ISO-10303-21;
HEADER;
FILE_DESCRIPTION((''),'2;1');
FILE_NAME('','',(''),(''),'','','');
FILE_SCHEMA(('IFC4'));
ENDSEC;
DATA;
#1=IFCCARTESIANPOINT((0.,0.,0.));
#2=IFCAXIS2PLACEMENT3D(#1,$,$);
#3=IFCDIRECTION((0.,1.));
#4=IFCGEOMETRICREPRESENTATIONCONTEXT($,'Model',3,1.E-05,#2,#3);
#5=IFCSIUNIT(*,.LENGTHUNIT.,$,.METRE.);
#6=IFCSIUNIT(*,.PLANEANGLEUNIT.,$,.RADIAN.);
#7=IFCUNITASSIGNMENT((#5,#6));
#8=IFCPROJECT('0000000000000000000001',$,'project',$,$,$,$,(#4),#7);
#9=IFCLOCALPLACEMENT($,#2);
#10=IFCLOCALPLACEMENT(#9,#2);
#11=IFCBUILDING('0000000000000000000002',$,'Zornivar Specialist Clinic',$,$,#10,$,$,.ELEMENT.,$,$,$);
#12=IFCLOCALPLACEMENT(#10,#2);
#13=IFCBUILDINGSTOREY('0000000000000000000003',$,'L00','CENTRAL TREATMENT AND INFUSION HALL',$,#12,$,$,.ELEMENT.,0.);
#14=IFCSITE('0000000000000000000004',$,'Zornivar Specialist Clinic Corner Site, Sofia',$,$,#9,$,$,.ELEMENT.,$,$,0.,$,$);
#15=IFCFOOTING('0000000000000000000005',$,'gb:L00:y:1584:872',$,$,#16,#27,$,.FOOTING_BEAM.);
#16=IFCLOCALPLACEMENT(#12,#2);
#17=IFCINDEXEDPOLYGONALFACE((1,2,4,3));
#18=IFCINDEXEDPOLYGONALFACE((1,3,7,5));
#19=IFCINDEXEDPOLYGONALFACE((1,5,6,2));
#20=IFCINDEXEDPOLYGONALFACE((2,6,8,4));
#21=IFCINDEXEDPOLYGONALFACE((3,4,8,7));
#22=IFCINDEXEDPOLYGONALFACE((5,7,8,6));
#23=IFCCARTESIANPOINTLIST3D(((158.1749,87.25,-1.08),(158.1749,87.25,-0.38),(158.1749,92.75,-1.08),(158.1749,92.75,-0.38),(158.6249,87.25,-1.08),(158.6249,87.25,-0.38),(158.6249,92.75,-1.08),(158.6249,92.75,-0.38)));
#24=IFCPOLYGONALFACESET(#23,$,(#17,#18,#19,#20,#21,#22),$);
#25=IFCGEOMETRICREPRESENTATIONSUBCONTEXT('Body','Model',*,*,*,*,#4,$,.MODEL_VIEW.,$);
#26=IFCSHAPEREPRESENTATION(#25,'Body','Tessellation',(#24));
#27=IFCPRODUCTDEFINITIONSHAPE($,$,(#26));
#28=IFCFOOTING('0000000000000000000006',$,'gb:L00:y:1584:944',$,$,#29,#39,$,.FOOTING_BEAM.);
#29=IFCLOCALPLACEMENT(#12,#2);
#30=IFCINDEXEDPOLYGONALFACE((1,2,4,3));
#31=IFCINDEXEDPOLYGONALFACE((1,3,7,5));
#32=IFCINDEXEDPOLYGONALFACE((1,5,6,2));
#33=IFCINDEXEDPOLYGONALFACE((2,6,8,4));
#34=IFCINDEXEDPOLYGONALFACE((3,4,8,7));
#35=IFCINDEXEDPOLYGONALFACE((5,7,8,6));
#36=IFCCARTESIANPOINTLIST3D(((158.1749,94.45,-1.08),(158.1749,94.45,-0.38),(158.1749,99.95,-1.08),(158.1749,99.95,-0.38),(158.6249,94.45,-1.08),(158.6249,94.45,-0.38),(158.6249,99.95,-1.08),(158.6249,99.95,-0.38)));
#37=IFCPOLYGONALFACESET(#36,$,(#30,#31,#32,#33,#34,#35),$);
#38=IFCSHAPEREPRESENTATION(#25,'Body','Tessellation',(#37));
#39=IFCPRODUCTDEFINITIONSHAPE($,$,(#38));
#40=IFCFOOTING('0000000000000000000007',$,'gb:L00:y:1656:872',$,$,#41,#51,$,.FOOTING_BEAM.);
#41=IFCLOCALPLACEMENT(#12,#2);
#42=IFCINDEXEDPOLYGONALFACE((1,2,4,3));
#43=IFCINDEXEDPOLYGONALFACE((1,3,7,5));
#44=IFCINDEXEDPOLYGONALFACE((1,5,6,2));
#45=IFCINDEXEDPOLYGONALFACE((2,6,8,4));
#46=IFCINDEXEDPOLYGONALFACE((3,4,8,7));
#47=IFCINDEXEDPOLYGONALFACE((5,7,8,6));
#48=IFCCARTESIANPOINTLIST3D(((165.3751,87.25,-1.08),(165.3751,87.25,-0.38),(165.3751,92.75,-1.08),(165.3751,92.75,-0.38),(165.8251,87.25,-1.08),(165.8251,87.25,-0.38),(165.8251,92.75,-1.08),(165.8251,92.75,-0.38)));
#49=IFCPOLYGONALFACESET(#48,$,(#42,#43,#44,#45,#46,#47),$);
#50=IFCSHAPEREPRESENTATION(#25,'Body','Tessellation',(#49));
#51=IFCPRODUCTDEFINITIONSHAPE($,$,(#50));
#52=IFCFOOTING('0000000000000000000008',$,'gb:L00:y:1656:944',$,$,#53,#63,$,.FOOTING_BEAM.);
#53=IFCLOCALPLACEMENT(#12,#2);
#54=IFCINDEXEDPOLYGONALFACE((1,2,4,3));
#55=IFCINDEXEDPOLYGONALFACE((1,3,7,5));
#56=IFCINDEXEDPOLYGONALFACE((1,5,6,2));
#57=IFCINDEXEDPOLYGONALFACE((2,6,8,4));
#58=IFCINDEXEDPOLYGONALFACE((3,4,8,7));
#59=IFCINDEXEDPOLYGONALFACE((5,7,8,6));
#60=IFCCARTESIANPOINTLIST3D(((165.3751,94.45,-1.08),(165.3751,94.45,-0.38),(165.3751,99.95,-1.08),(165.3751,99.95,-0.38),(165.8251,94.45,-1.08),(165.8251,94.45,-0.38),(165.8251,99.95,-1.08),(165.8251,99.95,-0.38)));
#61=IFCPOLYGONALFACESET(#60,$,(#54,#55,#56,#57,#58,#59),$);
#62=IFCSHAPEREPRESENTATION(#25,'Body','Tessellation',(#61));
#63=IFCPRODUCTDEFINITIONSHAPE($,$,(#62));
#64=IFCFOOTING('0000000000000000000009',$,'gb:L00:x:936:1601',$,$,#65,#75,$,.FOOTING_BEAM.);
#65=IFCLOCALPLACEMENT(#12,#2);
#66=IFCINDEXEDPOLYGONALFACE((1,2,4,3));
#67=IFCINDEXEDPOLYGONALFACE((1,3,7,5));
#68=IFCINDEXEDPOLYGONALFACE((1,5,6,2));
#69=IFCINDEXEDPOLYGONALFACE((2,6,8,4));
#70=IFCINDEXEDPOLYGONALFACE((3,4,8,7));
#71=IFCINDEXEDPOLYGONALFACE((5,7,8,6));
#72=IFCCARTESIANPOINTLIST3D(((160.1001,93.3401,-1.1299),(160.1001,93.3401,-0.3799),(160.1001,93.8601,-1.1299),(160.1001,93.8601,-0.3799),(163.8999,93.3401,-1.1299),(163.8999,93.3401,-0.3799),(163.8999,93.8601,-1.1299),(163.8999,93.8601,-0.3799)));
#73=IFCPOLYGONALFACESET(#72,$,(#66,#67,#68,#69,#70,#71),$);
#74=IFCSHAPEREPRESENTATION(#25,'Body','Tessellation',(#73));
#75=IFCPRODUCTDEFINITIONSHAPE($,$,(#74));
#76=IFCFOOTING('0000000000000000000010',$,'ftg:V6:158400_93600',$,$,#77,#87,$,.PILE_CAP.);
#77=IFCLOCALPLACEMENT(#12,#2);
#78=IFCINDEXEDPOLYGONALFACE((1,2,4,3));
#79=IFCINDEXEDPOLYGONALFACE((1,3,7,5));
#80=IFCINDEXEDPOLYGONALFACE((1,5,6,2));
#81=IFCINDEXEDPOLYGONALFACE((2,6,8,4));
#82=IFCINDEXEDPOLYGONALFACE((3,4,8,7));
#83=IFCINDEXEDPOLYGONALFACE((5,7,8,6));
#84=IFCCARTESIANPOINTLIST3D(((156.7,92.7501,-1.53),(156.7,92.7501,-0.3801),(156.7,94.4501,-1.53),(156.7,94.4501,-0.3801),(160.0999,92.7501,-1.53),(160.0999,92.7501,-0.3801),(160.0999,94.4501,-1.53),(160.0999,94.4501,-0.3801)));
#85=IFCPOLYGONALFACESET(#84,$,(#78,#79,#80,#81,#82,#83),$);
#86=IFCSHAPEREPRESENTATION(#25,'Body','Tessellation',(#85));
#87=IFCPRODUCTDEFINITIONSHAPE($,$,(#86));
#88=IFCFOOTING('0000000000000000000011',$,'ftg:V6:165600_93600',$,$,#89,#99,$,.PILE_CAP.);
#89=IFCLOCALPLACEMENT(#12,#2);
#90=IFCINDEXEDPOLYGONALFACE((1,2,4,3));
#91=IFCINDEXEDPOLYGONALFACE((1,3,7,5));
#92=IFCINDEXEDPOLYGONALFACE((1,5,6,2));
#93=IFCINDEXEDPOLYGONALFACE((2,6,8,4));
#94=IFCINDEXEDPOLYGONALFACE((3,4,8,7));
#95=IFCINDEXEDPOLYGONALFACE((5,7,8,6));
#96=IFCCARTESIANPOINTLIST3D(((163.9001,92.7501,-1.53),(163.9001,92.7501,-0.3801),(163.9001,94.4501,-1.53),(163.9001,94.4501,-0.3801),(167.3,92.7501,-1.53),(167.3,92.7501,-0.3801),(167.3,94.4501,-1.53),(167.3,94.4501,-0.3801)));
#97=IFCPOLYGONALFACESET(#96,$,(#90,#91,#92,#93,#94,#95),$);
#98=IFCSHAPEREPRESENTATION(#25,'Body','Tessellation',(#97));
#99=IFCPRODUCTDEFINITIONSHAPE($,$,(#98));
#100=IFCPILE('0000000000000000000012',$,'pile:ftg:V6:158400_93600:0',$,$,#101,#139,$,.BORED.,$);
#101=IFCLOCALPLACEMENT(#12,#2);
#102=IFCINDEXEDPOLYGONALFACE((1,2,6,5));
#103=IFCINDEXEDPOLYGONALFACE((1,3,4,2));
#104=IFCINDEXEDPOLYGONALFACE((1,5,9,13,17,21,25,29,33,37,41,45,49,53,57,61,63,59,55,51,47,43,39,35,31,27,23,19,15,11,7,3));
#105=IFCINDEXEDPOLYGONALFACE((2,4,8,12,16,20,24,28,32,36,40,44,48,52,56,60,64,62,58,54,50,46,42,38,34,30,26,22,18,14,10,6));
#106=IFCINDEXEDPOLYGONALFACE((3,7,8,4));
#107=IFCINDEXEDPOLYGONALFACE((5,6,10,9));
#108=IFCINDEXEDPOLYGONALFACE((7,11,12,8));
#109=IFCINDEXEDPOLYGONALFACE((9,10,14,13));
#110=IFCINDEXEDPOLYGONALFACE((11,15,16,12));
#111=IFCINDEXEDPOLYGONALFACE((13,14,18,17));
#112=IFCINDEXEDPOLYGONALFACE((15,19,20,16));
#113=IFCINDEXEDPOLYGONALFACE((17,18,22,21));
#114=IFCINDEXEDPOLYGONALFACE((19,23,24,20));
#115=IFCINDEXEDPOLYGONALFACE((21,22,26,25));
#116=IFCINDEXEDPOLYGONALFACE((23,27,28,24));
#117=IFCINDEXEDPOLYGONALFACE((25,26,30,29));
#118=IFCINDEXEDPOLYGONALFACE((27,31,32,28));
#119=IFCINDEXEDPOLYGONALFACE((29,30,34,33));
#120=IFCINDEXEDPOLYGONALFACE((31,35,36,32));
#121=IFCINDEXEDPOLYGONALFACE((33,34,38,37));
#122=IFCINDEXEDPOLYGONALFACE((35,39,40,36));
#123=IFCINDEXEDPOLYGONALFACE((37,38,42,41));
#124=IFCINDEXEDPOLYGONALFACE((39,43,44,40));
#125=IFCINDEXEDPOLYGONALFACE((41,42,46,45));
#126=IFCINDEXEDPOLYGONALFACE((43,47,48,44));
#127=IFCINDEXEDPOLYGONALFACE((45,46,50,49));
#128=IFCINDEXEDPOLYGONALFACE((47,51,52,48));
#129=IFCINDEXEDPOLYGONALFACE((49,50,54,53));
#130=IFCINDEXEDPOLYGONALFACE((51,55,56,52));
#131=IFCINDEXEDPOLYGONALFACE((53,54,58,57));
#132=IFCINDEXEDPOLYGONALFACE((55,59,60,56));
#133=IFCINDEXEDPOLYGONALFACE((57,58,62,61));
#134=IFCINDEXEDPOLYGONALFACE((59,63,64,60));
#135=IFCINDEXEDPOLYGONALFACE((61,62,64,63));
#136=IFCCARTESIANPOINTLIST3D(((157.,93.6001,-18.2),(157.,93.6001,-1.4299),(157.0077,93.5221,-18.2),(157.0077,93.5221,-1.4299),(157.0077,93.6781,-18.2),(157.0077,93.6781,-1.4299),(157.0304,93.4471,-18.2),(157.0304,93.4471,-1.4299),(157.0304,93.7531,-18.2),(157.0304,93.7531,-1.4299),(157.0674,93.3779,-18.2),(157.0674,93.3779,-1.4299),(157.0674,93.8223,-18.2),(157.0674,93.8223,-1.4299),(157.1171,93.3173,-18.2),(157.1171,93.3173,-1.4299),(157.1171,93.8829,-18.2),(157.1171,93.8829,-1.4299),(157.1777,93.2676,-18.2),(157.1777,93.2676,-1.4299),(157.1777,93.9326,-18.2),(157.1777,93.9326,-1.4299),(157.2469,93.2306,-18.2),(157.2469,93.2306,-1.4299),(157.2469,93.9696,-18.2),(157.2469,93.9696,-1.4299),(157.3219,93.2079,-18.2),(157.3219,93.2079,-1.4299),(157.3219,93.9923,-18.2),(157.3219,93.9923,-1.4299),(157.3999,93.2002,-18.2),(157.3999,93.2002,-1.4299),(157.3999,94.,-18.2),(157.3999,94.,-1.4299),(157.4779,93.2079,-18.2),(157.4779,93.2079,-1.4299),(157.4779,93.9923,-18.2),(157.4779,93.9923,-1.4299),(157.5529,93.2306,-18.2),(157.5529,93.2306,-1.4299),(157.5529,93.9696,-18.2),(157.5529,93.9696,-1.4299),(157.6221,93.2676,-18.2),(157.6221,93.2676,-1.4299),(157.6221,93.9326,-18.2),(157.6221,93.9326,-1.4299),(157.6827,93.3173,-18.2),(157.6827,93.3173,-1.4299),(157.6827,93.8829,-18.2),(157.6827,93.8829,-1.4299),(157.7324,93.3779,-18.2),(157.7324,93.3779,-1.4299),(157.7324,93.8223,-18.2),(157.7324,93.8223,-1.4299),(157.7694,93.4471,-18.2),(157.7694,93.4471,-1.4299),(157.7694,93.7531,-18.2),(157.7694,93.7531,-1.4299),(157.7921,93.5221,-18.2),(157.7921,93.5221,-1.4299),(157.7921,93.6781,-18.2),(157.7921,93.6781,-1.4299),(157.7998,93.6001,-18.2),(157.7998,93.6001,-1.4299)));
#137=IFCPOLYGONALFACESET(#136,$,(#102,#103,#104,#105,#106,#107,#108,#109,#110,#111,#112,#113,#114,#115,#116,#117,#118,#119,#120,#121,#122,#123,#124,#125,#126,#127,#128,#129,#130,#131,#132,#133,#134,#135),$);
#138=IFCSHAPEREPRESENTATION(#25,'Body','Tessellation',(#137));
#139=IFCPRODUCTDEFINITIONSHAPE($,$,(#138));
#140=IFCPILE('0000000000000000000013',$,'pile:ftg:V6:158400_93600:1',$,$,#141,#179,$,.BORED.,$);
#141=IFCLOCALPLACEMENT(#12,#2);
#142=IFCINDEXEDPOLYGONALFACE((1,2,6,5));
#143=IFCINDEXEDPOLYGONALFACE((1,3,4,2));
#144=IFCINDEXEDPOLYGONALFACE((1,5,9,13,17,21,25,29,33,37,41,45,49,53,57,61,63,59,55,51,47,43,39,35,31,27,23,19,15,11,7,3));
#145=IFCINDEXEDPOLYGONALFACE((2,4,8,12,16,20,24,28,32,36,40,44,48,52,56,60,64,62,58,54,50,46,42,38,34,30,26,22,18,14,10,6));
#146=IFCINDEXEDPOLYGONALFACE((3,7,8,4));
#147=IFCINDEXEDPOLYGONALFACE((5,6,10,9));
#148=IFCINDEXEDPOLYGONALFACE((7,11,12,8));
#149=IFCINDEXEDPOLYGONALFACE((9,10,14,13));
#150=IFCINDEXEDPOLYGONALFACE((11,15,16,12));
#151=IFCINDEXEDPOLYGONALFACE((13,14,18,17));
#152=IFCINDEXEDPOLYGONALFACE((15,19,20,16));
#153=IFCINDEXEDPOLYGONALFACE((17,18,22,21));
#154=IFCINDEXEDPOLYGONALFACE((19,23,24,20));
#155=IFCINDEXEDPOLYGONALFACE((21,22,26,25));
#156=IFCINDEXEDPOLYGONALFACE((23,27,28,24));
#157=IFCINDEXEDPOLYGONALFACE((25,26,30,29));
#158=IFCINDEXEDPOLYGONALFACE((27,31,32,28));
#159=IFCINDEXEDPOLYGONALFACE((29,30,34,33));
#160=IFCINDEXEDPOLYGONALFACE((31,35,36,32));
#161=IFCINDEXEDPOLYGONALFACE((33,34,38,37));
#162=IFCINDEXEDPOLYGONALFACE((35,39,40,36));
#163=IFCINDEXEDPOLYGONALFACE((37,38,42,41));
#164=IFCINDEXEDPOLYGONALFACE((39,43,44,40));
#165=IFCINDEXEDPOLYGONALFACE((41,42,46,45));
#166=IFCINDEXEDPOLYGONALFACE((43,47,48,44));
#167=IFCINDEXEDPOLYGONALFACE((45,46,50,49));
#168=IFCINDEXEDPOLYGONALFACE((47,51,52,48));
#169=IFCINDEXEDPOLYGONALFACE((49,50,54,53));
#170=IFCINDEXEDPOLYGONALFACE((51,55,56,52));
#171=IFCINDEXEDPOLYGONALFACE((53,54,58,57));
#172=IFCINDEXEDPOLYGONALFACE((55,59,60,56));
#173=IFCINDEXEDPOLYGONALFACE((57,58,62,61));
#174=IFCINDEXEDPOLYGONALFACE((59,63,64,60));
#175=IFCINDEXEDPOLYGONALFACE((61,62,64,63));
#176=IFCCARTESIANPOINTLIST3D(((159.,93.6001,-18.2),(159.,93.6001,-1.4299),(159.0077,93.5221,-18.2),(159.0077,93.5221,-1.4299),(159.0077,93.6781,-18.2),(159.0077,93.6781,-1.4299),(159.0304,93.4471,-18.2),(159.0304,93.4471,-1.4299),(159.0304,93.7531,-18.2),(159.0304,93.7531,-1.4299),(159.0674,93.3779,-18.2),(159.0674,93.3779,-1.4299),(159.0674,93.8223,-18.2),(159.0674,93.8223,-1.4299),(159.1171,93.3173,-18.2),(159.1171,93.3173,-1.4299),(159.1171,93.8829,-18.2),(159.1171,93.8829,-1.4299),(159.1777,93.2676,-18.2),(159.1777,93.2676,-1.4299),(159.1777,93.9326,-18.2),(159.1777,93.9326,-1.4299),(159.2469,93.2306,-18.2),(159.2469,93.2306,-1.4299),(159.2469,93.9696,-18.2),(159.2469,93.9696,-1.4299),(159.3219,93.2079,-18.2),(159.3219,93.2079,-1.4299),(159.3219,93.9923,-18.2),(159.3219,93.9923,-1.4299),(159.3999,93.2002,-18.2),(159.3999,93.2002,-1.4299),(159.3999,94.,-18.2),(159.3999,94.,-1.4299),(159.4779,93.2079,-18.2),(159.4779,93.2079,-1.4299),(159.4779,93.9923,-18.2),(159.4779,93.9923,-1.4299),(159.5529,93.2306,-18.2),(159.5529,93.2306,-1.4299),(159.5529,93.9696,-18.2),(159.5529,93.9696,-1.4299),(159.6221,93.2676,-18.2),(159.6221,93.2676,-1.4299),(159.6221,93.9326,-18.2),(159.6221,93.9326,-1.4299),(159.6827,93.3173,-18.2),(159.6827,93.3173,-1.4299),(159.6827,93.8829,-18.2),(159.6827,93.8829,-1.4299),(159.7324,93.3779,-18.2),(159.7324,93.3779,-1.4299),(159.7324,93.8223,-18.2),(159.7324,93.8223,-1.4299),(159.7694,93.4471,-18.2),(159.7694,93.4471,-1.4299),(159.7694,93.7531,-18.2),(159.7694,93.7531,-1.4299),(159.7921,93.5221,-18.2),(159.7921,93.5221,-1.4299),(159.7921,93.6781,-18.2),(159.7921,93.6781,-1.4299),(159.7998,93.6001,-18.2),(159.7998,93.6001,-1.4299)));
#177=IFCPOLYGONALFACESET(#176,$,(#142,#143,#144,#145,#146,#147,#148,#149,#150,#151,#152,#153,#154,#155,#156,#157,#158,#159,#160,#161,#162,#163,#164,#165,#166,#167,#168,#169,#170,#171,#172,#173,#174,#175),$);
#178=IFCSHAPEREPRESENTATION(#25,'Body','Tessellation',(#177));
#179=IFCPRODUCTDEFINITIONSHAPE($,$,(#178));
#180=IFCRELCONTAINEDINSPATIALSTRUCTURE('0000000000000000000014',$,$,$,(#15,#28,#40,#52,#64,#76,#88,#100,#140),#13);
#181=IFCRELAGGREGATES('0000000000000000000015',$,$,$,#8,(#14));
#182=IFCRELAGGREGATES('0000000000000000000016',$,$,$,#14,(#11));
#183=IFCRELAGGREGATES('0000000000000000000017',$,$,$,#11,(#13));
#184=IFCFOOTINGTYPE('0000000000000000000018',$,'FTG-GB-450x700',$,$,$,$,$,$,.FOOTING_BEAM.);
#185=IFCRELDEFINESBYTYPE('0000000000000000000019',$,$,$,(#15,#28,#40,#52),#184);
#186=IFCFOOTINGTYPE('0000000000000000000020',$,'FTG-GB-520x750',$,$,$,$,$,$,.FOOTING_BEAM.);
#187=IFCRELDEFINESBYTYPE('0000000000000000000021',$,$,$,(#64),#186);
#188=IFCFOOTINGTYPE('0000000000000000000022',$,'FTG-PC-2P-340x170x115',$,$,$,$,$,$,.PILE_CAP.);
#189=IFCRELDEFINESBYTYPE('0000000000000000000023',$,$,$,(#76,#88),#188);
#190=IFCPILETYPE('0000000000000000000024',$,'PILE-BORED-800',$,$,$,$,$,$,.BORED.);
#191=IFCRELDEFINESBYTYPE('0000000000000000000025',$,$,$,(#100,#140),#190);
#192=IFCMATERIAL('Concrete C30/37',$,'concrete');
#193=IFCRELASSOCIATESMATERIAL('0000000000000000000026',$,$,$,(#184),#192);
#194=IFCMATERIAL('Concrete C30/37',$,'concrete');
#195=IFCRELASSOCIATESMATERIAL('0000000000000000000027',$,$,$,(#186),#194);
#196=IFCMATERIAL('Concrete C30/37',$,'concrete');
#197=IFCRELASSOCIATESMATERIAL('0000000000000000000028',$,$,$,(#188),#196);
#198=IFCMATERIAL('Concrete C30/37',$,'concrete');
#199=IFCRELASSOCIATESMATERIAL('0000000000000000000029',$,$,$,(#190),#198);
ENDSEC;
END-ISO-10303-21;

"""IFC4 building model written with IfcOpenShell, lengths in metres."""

from ifc_helpers import new_model, si_unit, direction, frame, origin, origin_2d, place, context, subcontext, project, spatial, rectangle, circle, extrude, material, material_profile, profile_set, type_object, element, save


model = new_model("IFC4")

# Units and contexts
model_context = context("Model", 3, precision=1e-05, world=origin(), true_north=direction((0.0, 1.0)))
body_context = subcontext(model_context, "Body", "Model", "MODEL_VIEW")
ifc_project = project(units=[si_unit("LENGTHUNIT", "METRE"), si_unit("PLANEANGLEUNIT", "RADIAN")], contexts=[model_context])

# Site, building, storey
site_placement = place(None, origin())
site = spatial("IfcSite", under=ifc_project, at=site_placement, Name="Zornivar Specialist Clinic Corner Site, Sofia", CompositionType="ELEMENT", RefElevation=0.0)
building_placement = place(site_placement, origin())
building = spatial("IfcBuilding", under=site, at=building_placement, Name="Zornivar Specialist Clinic", CompositionType="ELEMENT")
storey_placement = place(building_placement, origin())
storey = spatial("IfcBuildingStorey", under=building, at=storey_placement, Name="L00", Description="CENTRAL TREATMENT AND INFUSION HALL", CompositionType="ELEMENT", Elevation=0.0)

# Footings
ifc_material_1 = material(Name="Concrete C30/37", Category="concrete")
ifc_material_profile_1 = material_profile(ifc_material_1, rectangle(XDim=0.45, YDim=0.7, at=origin_2d()), Name="RC 450x700")
ifc_profile_set_1 = profile_set([ifc_material_profile_1], Name="Concrete C30/37")
footing_type_1 = type_object("IfcFootingType", Name="FTG-GB-450x700", PredefinedType="FOOTING_BEAM", material=ifc_profile_set_1)
for number, where, z_axis, x_axis, name in (
    (1, (158.3999, 87.25, -0.73), (0.0, 1.0, 0.0), (-1.0, 0.0, 0.0), "gb:L00:y:1584:872"),
    (2, (158.3999, 94.45, -0.73), (0.0, 1.0, 0.0), (-1.0, 0.0, 0.0), "gb:L00:y:1584:944"),
    (3, (165.6001, 87.25, -0.73), (0.0, 1.0, 0.0), (-1.0, 0.0, 0.0), "gb:L00:y:1656:872"),
    (4, (165.6001, 94.45, -0.73), (0.0, 1.0, 0.0), (-1.0, 0.0, 0.0), "gb:L00:y:1656:944"),
):
    element("IfcFooting", number, at=place(storey_placement, frame(where, z_axis=z_axis, x_axis=x_axis)), inside=storey, type_object=footing_type_1, Name=name, PredefinedType="FOOTING_BEAM", context=body_context, shape_type="SweptSolid", body=[
        extrude(rectangle(XDim=0.45, YDim=0.7, at=origin_2d()), origin(), (0.0, 0.0, 1.0), 5.5),
    ])
ifc_material_2 = material(Name="Concrete C30/37", Category="concrete")
ifc_material_profile_2 = material_profile(ifc_material_2, rectangle(XDim=0.52, YDim=0.75, at=origin_2d()), Name="RC 520x750")
ifc_profile_set_2 = profile_set([ifc_material_profile_2], Name="Concrete C30/37")
footing_type_2 = type_object("IfcFootingType", Name="FTG-GB-520x750", PredefinedType="FOOTING_BEAM", material=ifc_profile_set_2)
footing_placement = place(storey_placement, frame((160.1001, 93.6001, -0.7549), z_axis=(1.0, 0.0, 0.0), x_axis=(0.0, 1.0, 0.0)))
element("IfcFooting", 5, at=footing_placement, inside=storey, type_object=footing_type_2, Name="gb:L00:x:936:1601", PredefinedType="FOOTING_BEAM", context=body_context, shape_type="SweptSolid", body=[
    extrude(rectangle(XDim=0.52, YDim=0.75, at=origin_2d()), origin(), (0.0, 0.0, 1.0), 3.7998),
])
ifc_material_3 = material(Name="Concrete C30/37", Category="concrete")
footing_type_3 = type_object("IfcFootingType", Name="FTG-PC-2P-340x170x115", PredefinedType="PILE_CAP", material=ifc_material_3)
for number, where, z_axis, x_axis, name in (
    (6, (158.3999, 93.6001, -1.53), (0.0, 0.0, 1.0), (1.0, 0.0, 0.0), "ftg:V6:158400_93600"),
    (7, (165.6001, 93.6001, -1.53), (0.0, 0.0, 1.0), (1.0, 0.0, 0.0), "ftg:V6:165600_93600"),
):
    element("IfcFooting", number, at=place(storey_placement, frame(where, z_axis=z_axis, x_axis=x_axis)), inside=storey, type_object=footing_type_3, Name=name, PredefinedType="PILE_CAP", context=body_context, shape_type="SweptSolid", body=[
        extrude(rectangle(XDim=3.3999, YDim=1.7, at=origin_2d()), origin(), (0.0, 0.0, 1.0), 1.1499),
    ])

# Piles
ifc_material_4 = material(Name="Concrete C30/37", Category="concrete")
ifc_material_profile_3 = material_profile(ifc_material_4, circle(Radius=0.3999, at=origin_2d()), Name="PILE D800")
ifc_profile_set_3 = profile_set([ifc_material_profile_3], Name="Concrete C30/37")
pile_type = type_object("IfcPileType", Name="PILE-BORED-800", PredefinedType="BORED", material=ifc_profile_set_3)
for number, where, z_axis, x_axis, name in (
    (8, (157.3999, 93.6001, -1.4299), (0.0, 0.0, -1.0), (1.0, 0.0, 0.0), "pile:ftg:V6:158400_93600:0"),
    (9, (159.3999, 93.6001, -1.4299), (0.0, 0.0, -1.0), (1.0, 0.0, 0.0), "pile:ftg:V6:158400_93600:1"),
):
    element("IfcPile", number, at=place(storey_placement, frame(where, z_axis=z_axis, x_axis=x_axis)), inside=storey, type_object=pile_type, Name=name, PredefinedType="BORED", context=body_context, shape_type="SweptSolid", body=[
        extrude(circle(Radius=0.3999, at=origin_2d()), origin(), (0.0, 0.0, 1.0), 16.77),
    ])

save(model, "model.ifc")
